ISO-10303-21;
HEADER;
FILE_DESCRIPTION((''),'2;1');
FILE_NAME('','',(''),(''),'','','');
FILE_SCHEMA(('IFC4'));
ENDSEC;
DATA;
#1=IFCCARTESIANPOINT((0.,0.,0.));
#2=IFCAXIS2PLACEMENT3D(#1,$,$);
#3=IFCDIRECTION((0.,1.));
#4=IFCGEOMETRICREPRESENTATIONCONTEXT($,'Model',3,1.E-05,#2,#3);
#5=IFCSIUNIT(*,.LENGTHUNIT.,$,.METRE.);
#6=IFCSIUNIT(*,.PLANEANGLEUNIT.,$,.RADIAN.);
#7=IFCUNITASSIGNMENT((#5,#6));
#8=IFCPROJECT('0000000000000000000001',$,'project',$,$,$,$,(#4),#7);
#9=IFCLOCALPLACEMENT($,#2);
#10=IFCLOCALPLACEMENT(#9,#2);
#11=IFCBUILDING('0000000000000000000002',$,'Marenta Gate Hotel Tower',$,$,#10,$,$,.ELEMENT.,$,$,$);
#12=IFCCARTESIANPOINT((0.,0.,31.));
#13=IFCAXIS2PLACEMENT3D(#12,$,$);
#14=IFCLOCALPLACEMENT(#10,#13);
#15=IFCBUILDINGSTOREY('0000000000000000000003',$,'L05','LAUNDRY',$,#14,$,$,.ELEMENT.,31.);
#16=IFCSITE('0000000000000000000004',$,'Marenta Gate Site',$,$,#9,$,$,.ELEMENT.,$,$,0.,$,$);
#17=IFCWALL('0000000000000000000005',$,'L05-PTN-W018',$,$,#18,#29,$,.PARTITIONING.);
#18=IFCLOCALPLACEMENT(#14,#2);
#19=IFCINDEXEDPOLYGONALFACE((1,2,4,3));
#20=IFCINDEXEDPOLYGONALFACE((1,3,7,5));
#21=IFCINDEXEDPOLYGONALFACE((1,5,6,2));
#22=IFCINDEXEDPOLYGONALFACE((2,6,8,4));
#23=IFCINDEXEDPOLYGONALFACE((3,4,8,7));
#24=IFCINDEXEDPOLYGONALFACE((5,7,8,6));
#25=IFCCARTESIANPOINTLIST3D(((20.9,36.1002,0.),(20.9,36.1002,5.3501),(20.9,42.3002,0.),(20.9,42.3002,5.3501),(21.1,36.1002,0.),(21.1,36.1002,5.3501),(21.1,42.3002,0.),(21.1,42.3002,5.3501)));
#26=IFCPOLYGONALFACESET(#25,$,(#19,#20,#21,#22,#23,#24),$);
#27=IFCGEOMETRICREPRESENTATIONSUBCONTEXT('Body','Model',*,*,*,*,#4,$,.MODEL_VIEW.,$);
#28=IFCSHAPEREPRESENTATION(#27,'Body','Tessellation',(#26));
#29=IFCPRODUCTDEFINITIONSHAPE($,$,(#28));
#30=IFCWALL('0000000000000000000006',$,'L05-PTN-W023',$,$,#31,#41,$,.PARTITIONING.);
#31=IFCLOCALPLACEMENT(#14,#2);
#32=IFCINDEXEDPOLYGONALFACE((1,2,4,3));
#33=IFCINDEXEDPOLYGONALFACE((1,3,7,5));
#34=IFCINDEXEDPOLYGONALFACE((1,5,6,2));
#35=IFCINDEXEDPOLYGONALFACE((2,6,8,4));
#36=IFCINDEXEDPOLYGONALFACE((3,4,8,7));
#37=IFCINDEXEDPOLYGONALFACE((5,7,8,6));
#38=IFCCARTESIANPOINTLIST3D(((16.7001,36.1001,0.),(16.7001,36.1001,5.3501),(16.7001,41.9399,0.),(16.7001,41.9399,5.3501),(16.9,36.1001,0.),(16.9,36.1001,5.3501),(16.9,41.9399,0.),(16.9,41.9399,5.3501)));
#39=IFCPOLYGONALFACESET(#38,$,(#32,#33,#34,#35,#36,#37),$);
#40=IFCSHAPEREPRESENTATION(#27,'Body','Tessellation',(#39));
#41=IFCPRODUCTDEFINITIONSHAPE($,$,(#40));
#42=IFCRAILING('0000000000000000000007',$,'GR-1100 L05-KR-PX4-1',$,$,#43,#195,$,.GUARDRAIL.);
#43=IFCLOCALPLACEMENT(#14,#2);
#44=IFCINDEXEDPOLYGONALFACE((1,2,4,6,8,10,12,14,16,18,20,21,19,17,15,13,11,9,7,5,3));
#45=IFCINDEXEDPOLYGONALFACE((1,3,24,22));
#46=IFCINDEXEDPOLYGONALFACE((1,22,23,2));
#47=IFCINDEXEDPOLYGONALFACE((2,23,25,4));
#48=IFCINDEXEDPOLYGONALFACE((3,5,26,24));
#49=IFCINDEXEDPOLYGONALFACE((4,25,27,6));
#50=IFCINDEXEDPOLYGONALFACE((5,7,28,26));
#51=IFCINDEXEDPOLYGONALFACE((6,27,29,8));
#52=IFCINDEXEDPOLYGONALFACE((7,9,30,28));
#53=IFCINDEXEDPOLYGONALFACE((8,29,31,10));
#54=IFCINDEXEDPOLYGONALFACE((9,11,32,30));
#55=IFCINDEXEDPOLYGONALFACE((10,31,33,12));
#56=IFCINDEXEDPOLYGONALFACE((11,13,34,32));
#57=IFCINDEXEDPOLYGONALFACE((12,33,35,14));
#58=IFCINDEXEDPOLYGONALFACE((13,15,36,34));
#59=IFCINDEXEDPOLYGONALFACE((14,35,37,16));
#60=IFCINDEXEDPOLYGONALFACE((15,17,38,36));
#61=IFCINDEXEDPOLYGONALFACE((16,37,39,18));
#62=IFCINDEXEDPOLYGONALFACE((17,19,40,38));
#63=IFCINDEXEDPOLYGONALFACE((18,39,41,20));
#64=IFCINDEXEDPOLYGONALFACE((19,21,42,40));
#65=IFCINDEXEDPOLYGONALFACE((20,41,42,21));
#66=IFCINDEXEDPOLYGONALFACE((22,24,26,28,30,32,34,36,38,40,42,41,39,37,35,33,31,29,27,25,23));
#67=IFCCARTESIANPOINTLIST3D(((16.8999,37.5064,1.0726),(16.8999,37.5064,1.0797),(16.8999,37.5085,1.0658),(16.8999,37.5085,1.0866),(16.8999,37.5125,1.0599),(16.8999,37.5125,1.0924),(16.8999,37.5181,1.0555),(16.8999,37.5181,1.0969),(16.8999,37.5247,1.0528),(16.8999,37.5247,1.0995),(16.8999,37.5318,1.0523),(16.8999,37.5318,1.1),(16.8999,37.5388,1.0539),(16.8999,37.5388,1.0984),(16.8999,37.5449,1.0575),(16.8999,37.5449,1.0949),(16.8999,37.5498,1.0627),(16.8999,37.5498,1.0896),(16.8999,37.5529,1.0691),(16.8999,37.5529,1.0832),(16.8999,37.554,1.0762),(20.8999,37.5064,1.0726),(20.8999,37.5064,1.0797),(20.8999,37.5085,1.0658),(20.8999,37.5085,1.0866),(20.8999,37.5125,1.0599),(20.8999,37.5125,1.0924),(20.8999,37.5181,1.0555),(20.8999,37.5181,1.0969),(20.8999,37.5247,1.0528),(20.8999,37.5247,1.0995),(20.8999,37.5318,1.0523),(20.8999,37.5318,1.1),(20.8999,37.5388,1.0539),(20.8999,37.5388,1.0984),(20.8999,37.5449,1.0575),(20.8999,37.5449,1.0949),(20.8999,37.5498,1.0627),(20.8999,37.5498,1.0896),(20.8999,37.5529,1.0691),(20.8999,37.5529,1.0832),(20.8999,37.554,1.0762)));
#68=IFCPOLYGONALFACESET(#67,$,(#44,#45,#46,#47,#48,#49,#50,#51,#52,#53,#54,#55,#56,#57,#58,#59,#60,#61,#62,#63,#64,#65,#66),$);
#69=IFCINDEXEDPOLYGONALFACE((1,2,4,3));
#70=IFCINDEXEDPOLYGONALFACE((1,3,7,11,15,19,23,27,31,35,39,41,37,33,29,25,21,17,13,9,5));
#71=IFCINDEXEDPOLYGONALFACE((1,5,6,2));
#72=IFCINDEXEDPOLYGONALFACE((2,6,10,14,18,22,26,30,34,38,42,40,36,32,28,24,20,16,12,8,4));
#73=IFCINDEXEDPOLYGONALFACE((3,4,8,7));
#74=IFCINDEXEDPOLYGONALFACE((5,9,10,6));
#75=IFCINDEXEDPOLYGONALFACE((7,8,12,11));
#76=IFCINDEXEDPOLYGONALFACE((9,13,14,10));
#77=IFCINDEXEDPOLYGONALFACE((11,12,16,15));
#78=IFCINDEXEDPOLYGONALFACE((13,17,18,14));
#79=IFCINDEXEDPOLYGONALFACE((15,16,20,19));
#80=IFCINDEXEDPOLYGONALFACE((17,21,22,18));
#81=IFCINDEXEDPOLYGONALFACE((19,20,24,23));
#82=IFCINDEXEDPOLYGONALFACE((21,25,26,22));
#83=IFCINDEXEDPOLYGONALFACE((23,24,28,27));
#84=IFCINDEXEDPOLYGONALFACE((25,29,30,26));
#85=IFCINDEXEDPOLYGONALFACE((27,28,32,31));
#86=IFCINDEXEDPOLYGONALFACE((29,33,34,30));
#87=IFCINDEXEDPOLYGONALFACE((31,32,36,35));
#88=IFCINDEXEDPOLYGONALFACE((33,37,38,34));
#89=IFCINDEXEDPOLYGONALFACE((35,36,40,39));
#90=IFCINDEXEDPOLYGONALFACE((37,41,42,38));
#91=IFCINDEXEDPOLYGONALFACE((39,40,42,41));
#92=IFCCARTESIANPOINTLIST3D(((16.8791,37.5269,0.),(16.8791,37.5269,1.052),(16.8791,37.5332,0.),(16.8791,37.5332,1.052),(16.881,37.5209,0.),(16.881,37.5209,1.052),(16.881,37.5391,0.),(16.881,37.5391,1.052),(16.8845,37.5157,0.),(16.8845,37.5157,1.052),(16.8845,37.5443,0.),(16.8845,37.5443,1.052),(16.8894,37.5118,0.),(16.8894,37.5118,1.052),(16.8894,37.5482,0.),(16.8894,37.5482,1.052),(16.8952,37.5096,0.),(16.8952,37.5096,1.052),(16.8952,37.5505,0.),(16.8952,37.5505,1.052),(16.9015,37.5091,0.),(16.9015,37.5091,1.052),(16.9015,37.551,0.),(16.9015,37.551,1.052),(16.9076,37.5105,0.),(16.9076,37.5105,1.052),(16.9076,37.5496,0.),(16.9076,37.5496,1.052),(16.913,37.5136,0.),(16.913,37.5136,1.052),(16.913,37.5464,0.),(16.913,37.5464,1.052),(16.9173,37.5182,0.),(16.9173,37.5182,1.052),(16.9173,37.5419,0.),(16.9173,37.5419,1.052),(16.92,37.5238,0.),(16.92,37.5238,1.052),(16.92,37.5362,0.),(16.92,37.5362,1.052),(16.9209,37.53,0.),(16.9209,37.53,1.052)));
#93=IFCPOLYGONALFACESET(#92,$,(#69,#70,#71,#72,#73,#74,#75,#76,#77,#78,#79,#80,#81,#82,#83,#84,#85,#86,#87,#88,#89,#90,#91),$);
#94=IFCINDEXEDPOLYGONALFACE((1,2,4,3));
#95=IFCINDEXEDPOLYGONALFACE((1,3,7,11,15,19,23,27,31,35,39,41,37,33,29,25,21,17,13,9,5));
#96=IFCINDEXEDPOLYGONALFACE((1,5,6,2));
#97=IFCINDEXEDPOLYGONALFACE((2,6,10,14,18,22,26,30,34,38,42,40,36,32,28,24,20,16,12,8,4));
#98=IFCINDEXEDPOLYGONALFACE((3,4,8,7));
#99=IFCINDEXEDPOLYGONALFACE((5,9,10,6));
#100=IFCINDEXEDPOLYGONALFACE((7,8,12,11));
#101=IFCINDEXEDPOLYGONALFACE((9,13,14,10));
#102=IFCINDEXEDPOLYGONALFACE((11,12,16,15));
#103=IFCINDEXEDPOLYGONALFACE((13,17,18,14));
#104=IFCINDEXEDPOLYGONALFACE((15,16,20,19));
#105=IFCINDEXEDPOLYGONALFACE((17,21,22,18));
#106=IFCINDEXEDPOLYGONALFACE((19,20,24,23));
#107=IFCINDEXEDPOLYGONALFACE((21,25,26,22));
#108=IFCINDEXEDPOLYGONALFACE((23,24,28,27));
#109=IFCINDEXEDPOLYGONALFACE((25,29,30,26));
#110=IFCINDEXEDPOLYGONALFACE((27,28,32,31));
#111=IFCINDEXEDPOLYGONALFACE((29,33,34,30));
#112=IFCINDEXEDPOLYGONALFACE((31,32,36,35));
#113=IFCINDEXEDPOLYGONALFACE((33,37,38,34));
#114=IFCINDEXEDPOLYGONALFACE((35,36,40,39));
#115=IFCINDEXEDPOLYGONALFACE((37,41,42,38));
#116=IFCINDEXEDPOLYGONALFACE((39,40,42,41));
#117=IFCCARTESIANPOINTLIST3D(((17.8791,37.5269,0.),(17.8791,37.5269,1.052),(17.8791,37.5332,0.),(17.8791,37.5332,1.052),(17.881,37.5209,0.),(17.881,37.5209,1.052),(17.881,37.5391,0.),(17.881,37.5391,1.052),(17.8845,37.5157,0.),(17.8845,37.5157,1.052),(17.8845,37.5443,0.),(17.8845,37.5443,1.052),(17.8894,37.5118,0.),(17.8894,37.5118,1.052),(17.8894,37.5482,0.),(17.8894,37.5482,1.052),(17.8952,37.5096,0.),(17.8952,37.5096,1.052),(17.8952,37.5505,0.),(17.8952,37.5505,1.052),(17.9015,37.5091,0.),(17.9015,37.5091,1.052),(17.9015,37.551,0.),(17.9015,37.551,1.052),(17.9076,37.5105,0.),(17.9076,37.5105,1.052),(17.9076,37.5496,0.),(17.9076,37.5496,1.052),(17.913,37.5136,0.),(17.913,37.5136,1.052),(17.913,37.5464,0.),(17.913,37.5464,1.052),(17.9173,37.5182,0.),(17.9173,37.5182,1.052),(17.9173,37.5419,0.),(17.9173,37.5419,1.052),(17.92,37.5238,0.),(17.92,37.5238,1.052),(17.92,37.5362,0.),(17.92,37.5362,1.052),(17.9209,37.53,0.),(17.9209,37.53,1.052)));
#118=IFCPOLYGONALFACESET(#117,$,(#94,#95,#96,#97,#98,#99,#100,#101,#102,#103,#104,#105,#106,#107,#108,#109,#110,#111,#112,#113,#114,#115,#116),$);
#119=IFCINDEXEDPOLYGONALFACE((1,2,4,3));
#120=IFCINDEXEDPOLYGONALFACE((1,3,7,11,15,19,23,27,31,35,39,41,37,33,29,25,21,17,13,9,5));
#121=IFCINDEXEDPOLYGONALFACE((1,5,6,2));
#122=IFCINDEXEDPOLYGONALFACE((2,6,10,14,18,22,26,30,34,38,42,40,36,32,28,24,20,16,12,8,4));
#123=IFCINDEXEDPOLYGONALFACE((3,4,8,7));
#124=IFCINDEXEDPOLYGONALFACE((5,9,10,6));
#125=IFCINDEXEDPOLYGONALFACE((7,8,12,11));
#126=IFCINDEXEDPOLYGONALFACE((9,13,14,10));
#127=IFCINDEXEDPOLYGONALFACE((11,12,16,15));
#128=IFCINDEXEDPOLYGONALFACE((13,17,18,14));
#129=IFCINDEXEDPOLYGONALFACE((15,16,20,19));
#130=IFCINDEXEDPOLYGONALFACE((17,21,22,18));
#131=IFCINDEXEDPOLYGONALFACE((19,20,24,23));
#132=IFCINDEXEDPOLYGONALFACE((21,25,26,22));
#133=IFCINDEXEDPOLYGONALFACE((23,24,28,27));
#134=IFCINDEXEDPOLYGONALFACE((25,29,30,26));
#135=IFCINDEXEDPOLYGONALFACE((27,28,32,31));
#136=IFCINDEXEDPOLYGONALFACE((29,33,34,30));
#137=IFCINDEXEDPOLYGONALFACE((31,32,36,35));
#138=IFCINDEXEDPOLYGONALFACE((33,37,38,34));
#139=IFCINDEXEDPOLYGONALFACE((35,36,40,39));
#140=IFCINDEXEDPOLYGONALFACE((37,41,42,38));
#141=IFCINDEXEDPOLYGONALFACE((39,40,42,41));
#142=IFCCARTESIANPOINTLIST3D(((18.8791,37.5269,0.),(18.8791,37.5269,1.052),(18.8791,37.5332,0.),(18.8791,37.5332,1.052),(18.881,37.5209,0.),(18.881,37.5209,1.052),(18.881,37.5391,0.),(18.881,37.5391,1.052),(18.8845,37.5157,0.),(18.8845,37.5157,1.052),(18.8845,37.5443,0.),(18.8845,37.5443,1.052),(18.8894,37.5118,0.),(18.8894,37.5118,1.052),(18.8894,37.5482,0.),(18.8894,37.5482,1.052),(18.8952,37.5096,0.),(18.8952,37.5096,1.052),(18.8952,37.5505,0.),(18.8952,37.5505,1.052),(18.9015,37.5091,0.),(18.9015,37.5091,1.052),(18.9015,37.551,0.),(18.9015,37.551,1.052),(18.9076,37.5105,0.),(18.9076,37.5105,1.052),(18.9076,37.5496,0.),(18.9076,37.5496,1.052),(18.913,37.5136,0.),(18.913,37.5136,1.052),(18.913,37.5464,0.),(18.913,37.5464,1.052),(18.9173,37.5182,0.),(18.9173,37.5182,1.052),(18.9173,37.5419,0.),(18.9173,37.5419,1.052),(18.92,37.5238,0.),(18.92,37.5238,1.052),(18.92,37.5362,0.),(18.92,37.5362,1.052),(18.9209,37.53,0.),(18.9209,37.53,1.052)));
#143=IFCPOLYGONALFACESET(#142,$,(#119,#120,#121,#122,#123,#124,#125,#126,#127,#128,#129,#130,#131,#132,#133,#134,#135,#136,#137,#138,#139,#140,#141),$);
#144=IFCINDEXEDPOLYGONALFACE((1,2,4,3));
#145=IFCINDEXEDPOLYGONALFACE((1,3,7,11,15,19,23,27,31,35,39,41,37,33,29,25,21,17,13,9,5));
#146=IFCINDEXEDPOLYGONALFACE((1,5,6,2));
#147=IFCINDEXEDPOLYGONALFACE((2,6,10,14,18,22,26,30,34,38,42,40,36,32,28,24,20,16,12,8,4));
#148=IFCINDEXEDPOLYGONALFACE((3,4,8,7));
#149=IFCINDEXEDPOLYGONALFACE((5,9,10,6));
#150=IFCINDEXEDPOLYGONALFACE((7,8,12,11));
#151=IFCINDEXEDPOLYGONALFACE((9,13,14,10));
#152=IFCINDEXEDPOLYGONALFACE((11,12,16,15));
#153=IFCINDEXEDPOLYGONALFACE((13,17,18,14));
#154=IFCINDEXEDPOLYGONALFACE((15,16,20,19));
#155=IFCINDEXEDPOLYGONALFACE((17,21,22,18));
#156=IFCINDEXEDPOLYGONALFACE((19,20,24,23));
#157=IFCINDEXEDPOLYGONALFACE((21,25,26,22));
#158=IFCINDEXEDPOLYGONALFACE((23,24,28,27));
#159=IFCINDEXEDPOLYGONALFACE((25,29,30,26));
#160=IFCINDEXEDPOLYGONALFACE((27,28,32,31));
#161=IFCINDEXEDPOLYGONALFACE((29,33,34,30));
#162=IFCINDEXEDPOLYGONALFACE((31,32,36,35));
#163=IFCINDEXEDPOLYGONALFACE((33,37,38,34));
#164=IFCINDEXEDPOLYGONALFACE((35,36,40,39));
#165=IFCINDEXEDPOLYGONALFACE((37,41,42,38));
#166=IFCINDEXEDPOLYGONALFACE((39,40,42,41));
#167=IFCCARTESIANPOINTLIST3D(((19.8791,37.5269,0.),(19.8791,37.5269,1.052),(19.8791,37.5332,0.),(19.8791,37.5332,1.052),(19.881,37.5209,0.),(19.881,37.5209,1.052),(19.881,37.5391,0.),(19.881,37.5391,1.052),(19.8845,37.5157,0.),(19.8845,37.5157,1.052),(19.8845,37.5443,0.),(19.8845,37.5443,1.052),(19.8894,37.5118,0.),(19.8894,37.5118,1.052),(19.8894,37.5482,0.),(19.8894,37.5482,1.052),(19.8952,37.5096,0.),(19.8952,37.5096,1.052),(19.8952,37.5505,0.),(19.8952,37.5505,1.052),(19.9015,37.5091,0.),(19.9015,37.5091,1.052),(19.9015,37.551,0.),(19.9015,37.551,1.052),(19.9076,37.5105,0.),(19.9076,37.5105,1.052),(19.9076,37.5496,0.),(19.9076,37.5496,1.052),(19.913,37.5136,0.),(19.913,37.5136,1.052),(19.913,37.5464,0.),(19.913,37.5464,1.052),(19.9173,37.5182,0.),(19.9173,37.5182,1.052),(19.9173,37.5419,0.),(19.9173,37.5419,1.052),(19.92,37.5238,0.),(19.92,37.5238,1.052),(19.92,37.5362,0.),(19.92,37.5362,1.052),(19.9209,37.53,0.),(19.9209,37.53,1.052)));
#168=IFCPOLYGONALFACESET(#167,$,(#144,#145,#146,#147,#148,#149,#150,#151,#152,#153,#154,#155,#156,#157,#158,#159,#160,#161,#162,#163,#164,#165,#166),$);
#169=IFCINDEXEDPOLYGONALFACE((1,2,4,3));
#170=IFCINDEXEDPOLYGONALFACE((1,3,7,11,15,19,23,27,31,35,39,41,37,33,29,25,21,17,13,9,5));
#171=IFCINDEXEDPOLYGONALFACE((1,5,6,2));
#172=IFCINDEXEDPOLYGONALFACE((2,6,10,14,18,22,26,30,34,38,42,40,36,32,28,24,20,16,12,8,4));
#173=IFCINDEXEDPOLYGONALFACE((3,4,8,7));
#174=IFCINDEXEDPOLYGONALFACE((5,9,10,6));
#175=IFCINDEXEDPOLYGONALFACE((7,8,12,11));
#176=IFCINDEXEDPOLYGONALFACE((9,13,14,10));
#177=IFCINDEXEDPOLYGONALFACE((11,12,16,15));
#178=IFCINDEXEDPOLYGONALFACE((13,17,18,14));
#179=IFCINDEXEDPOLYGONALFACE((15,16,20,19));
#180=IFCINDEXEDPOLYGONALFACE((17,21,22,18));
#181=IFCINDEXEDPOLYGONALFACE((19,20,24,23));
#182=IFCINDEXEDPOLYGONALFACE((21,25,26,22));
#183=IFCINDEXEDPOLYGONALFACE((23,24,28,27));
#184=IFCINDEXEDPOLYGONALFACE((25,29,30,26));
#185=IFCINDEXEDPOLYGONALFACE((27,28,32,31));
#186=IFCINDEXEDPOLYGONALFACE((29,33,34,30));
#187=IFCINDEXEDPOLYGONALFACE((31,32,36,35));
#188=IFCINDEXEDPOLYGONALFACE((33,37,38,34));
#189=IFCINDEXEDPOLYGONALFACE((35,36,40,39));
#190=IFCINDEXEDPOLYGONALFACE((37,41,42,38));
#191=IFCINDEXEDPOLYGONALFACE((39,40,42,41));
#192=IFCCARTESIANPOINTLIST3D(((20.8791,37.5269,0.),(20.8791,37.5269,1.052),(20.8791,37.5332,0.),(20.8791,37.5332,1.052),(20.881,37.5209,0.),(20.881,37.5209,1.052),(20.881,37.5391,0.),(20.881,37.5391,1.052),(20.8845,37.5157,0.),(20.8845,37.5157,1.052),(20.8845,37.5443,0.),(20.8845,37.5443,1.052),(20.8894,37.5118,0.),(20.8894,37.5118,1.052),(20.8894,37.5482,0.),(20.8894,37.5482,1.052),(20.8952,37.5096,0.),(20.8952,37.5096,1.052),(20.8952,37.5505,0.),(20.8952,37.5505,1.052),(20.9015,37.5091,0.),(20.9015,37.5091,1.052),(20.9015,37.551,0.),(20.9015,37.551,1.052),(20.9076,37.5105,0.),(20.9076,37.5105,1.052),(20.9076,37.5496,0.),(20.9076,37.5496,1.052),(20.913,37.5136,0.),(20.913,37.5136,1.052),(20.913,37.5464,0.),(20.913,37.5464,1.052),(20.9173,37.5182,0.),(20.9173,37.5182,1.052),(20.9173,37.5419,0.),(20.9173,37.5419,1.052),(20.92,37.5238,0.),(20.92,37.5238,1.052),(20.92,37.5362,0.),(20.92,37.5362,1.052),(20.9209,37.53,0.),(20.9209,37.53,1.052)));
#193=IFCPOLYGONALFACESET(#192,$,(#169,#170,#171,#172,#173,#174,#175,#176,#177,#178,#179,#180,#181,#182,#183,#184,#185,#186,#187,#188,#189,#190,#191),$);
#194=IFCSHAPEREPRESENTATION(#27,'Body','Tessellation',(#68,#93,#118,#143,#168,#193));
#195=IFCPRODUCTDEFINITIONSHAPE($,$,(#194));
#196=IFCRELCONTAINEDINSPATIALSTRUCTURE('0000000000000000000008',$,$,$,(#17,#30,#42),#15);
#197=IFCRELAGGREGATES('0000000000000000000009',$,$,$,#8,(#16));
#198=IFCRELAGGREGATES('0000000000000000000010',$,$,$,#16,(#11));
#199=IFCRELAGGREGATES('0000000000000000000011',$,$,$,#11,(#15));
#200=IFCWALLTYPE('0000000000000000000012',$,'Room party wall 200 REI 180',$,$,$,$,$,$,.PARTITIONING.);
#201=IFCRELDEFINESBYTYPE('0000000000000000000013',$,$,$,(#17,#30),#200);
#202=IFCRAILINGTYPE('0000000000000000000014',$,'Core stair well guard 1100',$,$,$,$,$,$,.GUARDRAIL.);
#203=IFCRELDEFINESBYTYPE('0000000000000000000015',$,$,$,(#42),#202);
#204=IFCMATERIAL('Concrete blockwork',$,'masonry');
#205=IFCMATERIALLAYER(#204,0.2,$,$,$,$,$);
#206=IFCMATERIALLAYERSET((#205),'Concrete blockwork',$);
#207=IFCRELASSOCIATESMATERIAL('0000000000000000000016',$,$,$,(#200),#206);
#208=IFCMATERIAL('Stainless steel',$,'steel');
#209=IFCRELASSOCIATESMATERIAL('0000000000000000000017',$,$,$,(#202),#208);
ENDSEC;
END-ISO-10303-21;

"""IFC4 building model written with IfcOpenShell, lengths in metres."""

from ifc_helpers import new_model, si_unit, direction, frame, frame_2d, origin, origin_2d, place, context, subcontext, project, spatial, rectangle, circle, extrude, material, layer, layer_set, type_object, element, save


model = new_model("IFC4")

# Units and contexts
model_context = context("Model", 3, precision=1e-05, world=origin(), true_north=direction((0.0, 1.0)))
body_context = subcontext(model_context, "Body", "Model", "MODEL_VIEW")
ifc_project = project(units=[si_unit("LENGTHUNIT", "METRE"), si_unit("PLANEANGLEUNIT", "RADIAN")], contexts=[model_context])

# Site, building, storey
site_placement = place(None, origin())
site = spatial("IfcSite", under=ifc_project, at=site_placement, Name="Marenta Gate Site", CompositionType="ELEMENT", RefElevation=0.0)
building_placement = place(site_placement, origin())
building = spatial("IfcBuilding", under=site, at=building_placement, Name="Marenta Gate Hotel Tower", CompositionType="ELEMENT")
storey_placement = place(building_placement, frame((0.0, 0.0, 31.0)))
storey = spatial("IfcBuildingStorey", under=building, at=storey_placement, Name="L05", Description="LAUNDRY", CompositionType="ELEMENT", Elevation=31.0)

# Walls
ifc_material_1 = material(Name="Concrete blockwork", Category="masonry")
ifc_layer_1 = layer(ifc_material_1, 0.2)
ifc_layer_set_1 = layer_set([ifc_layer_1], Name="Concrete blockwork")
wall_type_1 = type_object("IfcWallType", Name="Room party wall 200 REI 180", PredefinedType="PARTITIONING", material=ifc_layer_set_1)
wall_1_placement = place(storey_placement, frame((21.0, 36.1001, 0.0), z_axis=(0.0, 0.0, 1.0), x_axis=(0.0, 1.0, 0.0)))
element("IfcWall", 1, at=wall_1_placement, inside=storey, type_object=wall_type_1, Name="L05-PTN-W018", PredefinedType="PARTITIONING", context=body_context, shape_type="SweptSolid", body=[
    extrude(rectangle(XDim=6.2, YDim=0.2, at=frame_2d((3.1001, 0.0))), origin(), (0.0, 0.0, 1.0), 5.3501),
])
wall_2_placement = place(storey_placement, frame((16.8, 36.1001, 0.0), z_axis=(0.0, 0.0, 1.0), x_axis=(0.0, 1.0, 0.0)))
element("IfcWall", 2, at=wall_2_placement, inside=storey, type_object=wall_type_1, Name="L05-PTN-W023", PredefinedType="PARTITIONING", context=body_context, shape_type="SweptSolid", body=[
    extrude(rectangle(XDim=5.8398, YDim=0.2, at=frame_2d((2.9199, 0.0))), origin(), (0.0, 0.0, 1.0), 5.3501),
])

# Railing
ifc_material_2 = material(Name="Stainless steel", Category="steel")
railing_type = type_object("IfcRailingType", Name="Core stair well guard 1100", PredefinedType="GUARDRAIL", material=ifc_material_2)
railing_placement = place(storey_placement, frame((16.8999, 37.53, 0.0)))
element("IfcRailing", 3, at=railing_placement, inside=storey, type_object=railing_type, Name="GR-1100 L05-KR-PX4-1", PredefinedType="GUARDRAIL", context=body_context, shape_type="SweptSolid", body=[
    extrude(circle(Radius=0.0239, at=origin_2d()), frame((0.0, 0.0, 1.0762), z_axis=(1.0, 0.0, 0.0), x_axis=(0.0, 1.0, 0.0)), (0.0, 0.0, 1.0), 4.0),
    extrude(circle(Radius=0.021, at=origin_2d()), origin(), (0.0, 0.0, 1.0), 1.052),
    extrude(circle(Radius=0.021, at=origin_2d()), frame((1.0, 0.0, 0.0)), (0.0, 0.0, 1.0), 1.052),
    extrude(circle(Radius=0.021, at=origin_2d()), frame((2.0, 0.0, 0.0)), (0.0, 0.0, 1.0), 1.052),
    extrude(circle(Radius=0.021, at=origin_2d()), frame((3.0, 0.0, 0.0)), (0.0, 0.0, 1.0), 1.052),
    extrude(circle(Radius=0.021, at=origin_2d()), frame((4.0, 0.0, 0.0)), (0.0, 0.0, 1.0), 1.052),
])

save(model, "model.ifc")
